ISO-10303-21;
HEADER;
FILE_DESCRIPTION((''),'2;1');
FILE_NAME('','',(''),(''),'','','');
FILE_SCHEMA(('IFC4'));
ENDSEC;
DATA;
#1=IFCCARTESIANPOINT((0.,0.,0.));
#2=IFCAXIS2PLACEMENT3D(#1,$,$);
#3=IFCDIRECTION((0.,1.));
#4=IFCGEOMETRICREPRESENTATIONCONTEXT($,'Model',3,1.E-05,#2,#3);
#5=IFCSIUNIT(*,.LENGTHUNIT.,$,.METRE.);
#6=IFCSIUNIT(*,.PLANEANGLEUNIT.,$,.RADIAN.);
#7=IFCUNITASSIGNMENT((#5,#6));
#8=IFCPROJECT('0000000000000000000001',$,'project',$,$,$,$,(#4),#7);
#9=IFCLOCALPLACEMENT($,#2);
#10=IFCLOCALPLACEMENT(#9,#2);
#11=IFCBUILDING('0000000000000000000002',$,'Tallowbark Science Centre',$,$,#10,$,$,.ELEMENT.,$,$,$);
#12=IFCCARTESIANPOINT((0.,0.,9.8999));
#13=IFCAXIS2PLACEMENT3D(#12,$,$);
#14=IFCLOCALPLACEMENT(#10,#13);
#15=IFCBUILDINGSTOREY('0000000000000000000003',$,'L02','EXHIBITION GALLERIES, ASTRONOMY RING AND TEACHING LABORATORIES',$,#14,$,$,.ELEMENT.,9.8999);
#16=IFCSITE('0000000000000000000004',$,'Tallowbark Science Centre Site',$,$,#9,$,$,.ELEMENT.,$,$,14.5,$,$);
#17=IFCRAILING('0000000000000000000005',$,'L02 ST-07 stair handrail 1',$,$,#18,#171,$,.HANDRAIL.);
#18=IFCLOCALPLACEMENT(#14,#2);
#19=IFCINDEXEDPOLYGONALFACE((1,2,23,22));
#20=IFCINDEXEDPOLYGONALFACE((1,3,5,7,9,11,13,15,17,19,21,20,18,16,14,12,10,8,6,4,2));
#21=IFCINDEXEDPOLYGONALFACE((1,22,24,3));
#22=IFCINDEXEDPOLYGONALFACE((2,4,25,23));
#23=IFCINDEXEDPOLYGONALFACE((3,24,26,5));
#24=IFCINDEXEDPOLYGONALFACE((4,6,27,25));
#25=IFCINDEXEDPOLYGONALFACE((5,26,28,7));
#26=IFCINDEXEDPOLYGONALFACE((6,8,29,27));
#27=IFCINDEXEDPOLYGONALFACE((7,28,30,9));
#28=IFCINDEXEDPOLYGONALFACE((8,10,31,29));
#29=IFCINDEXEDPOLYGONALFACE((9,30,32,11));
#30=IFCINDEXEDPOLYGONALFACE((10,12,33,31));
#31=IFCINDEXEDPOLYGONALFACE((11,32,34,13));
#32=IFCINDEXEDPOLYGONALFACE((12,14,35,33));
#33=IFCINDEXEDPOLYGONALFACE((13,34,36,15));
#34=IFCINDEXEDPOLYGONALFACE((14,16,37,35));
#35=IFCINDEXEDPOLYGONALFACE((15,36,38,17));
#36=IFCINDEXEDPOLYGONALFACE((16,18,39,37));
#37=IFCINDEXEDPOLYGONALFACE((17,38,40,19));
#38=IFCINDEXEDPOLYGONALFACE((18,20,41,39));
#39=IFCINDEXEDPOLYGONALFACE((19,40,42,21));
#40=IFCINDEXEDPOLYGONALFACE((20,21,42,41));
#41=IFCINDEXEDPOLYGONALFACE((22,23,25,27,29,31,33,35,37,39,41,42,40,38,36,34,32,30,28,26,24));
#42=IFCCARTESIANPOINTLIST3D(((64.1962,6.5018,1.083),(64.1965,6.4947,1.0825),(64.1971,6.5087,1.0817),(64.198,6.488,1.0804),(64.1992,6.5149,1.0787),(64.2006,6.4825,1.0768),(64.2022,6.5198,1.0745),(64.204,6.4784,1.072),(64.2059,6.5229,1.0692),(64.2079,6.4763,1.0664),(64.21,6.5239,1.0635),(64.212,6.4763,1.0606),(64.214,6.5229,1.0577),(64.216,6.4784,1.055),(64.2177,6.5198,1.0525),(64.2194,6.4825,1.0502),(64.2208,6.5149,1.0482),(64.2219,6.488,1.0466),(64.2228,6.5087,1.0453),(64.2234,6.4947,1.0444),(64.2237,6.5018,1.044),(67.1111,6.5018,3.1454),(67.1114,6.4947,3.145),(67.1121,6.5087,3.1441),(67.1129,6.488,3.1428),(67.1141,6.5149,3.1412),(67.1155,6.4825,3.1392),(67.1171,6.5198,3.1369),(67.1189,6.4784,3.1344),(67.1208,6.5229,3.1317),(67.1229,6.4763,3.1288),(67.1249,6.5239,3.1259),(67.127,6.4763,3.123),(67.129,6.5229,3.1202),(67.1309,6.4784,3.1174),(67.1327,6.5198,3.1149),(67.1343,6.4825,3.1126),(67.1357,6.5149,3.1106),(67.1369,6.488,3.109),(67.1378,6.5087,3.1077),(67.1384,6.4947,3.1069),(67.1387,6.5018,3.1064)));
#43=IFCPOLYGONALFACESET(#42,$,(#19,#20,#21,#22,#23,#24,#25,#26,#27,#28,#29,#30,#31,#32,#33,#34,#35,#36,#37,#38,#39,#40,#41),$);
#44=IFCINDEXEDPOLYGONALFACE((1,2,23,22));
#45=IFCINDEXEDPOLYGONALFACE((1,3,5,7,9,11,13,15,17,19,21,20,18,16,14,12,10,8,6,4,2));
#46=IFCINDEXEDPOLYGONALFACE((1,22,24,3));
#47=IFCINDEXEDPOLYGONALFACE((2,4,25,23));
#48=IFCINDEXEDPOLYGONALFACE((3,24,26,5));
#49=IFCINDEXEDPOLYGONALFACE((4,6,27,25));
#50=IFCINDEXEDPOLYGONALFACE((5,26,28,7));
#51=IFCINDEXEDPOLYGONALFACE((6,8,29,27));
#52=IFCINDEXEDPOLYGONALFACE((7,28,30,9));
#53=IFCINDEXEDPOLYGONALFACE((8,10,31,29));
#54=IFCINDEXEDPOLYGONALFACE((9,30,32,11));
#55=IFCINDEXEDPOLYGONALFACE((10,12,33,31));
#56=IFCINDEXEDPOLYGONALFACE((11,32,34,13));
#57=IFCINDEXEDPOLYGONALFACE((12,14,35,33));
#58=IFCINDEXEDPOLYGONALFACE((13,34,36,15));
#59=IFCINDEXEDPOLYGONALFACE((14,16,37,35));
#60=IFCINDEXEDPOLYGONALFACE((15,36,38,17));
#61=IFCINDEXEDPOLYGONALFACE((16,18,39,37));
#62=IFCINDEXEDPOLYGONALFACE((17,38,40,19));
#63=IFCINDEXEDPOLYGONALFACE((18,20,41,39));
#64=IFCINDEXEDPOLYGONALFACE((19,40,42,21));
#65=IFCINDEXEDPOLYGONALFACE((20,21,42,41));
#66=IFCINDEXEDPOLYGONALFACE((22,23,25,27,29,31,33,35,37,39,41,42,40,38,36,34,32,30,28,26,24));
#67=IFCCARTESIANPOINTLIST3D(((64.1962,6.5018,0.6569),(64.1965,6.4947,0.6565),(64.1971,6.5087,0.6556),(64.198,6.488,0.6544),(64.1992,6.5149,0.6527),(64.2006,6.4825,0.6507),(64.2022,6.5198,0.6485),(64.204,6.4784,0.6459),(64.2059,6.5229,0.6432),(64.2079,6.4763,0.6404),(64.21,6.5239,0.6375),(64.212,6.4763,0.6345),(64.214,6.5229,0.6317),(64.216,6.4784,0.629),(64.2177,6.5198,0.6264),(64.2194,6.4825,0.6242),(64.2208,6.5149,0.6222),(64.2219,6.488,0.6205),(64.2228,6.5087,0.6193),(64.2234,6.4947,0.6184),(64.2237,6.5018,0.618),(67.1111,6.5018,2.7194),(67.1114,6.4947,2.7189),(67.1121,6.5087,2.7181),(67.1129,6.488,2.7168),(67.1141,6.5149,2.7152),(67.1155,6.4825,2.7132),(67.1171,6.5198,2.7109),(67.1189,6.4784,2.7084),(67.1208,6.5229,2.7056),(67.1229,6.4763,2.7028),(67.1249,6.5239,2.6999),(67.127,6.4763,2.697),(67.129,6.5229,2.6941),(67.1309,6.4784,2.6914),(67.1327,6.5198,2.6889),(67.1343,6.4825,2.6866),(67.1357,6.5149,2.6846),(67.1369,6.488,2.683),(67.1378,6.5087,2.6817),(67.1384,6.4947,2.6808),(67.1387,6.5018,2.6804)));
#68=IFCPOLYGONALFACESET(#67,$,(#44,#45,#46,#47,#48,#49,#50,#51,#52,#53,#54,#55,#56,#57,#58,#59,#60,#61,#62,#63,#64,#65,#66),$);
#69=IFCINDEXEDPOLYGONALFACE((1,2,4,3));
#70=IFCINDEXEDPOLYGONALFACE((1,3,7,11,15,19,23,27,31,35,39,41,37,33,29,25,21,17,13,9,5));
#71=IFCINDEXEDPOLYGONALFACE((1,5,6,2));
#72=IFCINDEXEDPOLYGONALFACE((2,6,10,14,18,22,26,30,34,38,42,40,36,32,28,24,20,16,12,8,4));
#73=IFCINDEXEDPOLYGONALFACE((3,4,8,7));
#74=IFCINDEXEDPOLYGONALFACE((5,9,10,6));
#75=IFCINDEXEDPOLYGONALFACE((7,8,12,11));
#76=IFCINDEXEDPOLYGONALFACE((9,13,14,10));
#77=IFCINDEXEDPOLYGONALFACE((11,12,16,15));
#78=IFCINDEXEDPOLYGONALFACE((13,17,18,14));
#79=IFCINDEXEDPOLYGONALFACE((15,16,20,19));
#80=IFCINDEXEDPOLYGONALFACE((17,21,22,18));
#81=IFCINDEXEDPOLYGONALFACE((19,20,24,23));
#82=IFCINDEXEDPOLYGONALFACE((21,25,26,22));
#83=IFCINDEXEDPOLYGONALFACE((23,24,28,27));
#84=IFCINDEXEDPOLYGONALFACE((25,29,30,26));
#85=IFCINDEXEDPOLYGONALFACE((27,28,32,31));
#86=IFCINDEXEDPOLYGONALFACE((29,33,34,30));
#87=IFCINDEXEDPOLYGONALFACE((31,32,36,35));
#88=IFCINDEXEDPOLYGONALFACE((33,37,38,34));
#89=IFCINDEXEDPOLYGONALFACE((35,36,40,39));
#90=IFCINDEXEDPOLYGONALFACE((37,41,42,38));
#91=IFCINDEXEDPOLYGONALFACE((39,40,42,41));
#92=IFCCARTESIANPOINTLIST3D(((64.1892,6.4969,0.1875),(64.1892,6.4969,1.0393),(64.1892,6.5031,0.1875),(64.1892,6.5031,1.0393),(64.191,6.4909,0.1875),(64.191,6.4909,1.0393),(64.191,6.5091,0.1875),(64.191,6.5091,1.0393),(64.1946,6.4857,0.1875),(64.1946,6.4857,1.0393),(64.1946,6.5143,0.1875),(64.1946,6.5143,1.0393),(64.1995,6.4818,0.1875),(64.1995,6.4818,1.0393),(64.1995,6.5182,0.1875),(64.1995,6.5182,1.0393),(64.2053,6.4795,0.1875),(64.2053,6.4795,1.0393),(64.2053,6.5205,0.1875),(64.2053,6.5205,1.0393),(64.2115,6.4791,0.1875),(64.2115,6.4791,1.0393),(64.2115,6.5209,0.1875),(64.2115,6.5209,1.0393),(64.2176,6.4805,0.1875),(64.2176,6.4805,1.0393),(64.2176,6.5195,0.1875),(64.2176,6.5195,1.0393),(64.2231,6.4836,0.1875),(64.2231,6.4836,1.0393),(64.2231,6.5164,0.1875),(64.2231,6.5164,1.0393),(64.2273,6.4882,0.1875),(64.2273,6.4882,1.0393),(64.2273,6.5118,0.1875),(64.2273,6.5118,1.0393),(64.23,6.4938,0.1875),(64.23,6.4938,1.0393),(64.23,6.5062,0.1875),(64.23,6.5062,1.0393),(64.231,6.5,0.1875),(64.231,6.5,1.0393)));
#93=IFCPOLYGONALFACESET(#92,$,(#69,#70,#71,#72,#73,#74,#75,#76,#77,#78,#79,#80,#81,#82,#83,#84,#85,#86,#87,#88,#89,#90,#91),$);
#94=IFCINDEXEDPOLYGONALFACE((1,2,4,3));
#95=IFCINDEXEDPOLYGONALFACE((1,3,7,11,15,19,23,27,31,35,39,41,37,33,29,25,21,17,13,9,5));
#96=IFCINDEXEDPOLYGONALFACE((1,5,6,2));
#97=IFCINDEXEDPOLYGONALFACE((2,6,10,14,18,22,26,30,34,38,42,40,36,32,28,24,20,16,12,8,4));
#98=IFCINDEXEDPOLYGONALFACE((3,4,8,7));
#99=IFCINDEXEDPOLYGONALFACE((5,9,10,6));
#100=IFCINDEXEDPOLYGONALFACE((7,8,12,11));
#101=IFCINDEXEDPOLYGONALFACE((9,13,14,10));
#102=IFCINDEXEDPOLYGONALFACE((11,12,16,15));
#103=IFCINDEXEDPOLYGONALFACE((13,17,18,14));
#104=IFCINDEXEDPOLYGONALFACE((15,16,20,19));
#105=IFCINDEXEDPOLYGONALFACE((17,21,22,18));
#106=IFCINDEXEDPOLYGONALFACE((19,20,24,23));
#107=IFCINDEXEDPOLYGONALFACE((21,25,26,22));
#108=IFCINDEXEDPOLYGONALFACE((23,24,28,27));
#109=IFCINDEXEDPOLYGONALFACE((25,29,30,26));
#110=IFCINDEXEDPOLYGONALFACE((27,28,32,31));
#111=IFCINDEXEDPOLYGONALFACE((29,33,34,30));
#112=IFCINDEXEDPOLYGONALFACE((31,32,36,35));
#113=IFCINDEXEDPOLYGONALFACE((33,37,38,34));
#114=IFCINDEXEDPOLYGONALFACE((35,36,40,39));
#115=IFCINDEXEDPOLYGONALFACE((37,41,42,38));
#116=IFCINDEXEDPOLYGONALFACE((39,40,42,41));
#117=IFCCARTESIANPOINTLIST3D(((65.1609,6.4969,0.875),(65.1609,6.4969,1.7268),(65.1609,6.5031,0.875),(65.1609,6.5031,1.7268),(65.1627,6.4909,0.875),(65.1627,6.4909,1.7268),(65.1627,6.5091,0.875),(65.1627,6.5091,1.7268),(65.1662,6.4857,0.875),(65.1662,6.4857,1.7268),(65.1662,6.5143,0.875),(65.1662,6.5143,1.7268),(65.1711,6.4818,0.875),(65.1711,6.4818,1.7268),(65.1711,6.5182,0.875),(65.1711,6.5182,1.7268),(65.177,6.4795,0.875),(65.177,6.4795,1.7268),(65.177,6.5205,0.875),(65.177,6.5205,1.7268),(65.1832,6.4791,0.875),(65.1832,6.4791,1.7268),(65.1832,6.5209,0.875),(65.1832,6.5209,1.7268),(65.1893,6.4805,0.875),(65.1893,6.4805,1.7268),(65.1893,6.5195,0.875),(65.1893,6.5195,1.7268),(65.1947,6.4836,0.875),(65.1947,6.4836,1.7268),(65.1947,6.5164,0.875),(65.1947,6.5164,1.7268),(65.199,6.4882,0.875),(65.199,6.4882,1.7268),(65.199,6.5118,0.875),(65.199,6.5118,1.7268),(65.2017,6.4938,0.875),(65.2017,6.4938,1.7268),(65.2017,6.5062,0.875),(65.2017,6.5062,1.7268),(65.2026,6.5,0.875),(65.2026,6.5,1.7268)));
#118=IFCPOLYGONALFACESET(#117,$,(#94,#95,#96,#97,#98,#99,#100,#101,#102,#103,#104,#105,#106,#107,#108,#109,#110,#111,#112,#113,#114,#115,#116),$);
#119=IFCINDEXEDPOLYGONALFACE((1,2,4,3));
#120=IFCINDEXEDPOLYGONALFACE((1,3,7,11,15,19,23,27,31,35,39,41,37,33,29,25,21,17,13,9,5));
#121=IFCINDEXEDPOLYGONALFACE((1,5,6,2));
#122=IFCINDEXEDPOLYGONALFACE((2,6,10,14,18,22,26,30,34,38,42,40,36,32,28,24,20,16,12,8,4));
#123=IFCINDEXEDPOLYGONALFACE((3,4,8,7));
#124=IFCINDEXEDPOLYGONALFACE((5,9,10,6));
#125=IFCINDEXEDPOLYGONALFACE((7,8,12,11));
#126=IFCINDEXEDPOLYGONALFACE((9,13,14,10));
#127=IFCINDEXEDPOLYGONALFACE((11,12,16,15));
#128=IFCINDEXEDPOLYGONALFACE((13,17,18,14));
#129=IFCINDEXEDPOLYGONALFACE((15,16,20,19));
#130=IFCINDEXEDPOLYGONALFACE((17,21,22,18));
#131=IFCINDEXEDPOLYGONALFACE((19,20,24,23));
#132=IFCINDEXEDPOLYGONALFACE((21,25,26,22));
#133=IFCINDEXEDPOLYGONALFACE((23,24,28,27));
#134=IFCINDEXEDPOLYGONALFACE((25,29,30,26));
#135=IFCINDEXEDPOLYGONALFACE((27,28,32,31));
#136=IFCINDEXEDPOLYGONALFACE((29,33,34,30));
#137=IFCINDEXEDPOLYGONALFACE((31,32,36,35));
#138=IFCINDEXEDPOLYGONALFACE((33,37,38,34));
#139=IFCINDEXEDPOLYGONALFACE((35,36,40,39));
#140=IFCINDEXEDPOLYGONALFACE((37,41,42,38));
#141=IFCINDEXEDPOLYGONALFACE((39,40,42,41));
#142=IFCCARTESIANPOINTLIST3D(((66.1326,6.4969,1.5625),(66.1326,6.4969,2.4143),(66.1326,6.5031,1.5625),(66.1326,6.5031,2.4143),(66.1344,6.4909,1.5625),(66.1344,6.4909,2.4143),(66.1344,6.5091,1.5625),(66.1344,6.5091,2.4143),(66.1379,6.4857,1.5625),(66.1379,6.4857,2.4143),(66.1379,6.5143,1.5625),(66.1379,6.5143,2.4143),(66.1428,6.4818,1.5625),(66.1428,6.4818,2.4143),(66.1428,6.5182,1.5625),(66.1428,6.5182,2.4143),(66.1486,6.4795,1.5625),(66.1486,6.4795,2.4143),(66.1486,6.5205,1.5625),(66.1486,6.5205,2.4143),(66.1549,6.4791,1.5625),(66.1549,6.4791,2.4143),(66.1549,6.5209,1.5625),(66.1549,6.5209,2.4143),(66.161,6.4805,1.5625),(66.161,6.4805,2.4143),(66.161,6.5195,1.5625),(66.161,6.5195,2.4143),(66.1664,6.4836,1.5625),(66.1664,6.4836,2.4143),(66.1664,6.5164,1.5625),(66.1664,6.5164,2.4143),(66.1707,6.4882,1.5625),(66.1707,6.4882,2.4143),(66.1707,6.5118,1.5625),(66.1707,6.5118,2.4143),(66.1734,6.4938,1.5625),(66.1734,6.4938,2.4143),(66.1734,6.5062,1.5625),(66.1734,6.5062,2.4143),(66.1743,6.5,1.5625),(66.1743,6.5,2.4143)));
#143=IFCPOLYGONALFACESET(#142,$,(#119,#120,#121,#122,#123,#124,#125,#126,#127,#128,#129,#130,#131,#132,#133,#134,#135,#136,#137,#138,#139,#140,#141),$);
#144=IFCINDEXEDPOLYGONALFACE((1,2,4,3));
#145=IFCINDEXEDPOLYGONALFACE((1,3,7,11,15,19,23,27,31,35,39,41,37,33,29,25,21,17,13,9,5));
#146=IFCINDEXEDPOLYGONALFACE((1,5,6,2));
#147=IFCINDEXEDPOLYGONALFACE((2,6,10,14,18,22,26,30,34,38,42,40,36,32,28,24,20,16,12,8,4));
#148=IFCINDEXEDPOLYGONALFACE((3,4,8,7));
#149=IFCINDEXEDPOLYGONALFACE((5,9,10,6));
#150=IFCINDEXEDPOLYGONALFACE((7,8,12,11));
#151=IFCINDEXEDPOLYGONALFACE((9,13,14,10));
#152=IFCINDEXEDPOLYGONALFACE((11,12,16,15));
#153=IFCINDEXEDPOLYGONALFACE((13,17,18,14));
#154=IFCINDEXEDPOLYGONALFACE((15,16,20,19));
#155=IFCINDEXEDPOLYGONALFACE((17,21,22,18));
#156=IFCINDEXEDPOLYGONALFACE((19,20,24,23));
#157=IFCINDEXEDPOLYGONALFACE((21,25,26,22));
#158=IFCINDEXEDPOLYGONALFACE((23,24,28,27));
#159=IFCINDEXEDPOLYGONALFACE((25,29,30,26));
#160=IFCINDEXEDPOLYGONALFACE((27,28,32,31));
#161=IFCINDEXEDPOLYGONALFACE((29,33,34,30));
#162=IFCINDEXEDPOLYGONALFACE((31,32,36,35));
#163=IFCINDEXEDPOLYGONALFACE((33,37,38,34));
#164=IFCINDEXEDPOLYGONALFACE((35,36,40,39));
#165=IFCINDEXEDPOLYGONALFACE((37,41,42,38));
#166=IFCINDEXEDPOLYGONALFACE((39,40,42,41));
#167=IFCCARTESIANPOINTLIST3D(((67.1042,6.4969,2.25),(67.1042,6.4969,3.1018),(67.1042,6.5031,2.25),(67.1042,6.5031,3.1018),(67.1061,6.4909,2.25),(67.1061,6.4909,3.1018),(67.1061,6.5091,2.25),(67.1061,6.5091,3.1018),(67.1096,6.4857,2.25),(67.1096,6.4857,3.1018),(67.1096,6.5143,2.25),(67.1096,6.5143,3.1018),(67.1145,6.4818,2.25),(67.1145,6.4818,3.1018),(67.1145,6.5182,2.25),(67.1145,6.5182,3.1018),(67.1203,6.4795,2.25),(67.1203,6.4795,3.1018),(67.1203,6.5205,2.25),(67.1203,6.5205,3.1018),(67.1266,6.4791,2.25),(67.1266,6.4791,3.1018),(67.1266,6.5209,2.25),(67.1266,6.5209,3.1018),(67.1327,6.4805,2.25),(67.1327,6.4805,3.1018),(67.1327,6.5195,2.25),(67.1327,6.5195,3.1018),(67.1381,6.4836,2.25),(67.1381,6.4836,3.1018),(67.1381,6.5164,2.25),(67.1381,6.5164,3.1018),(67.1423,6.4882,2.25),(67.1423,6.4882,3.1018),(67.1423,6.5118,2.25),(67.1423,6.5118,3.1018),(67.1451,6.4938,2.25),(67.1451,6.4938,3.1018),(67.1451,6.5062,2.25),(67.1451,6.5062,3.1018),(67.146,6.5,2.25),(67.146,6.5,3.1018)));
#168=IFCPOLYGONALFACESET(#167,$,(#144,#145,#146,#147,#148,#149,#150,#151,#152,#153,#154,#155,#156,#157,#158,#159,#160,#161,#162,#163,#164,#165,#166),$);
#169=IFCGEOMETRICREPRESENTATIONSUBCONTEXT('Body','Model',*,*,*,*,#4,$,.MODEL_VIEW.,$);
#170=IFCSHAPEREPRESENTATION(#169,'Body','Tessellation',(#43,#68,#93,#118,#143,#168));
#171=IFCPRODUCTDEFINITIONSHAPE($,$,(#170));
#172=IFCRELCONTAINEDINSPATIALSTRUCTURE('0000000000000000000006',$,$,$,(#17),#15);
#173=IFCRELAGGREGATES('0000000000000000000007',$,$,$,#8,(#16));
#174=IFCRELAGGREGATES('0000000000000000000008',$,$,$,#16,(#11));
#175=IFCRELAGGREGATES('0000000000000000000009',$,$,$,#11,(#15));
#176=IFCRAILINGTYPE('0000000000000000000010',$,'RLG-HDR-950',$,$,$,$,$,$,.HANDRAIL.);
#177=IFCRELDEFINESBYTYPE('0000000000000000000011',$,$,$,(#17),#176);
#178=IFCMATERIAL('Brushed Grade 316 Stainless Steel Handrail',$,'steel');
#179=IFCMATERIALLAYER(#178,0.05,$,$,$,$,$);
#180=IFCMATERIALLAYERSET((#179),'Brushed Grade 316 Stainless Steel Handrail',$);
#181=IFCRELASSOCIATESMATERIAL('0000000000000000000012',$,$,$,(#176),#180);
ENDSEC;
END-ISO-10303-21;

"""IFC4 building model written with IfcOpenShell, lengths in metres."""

from ifc_helpers import new_model, si_unit, direction, frame, origin, origin_2d, place, context, subcontext, project, spatial, circle, extrude, material, layer, layer_set, type_object, element, save


model = new_model("IFC4")

# Units and contexts
model_context = context("Model", 3, precision=1e-05, world=origin(), true_north=direction((0.0, 1.0)))
body_context = subcontext(model_context, "Body", "Model", "MODEL_VIEW")
ifc_project = project(units=[si_unit("LENGTHUNIT", "METRE"), si_unit("PLANEANGLEUNIT", "RADIAN")], contexts=[model_context])

# Site, building, storey
site_placement = place(None, origin())
site = spatial("IfcSite", under=ifc_project, at=site_placement, Name="Tallowbark Science Centre Site", CompositionType="ELEMENT", RefElevation=14.5)
building_placement = place(site_placement, origin())
building = spatial("IfcBuilding", under=site, at=building_placement, Name="Tallowbark Science Centre", CompositionType="ELEMENT")
storey_placement = place(building_placement, frame((0.0, 0.0, 9.8999)))
storey = spatial("IfcBuildingStorey", under=building, at=storey_placement, Name="L02", Description="EXHIBITION GALLERIES, ASTRONOMY RING AND TEACHING LABORATORIES", CompositionType="ELEMENT", Elevation=9.8999)

# Railing
ifc_material_1 = material(Name="Brushed Grade 316 Stainless Steel Handrail", Category="steel")
ifc_layer_1 = layer(ifc_material_1, 0.05)
ifc_layer_set_1 = layer_set([ifc_layer_1], Name="Brushed Grade 316 Stainless Steel Handrail")
railing_type_1 = type_object("IfcRailingType", Name="RLG-HDR-950", PredefinedType="HANDRAIL", material=ifc_layer_set_1)
railing_1_placement = place(storey_placement, frame((64.21, 6.5, 0.1875)))
element("IfcRailing", 1, at=railing_1_placement, inside=storey, type_object=railing_type_1, Name="L02 ST-07 stair handrail 1", PredefinedType="HANDRAIL", context=body_context, shape_type="SweptSolid", body=[
    extrude(circle(Radius=0.0239, at=origin_2d()), frame((0.0, 0.0, 0.876), z_axis=(0.816331, 0.0, 0.577585), x_axis=(0.0, 1.0, 0.0)), (0.0, 0.0, 1.0), 3.5708),
    extrude(circle(Radius=0.0239, at=origin_2d()), frame((0.0, 0.0, 0.45), z_axis=(0.816331, 0.0, 0.577585), x_axis=(0.0, 1.0, 0.0)), (0.0, 0.0, 1.0), 3.5708),
    extrude(circle(Radius=0.021, at=origin_2d()), origin(), (0.0, 0.0, 1.0), 0.8518),
    extrude(circle(Radius=0.021, at=origin_2d()), frame((0.9717, 0.0, 0.6875)), (0.0, 0.0, 1.0), 0.8518),
    extrude(circle(Radius=0.021, at=origin_2d()), frame((1.9434, 0.0, 1.375)), (0.0, 0.0, 1.0), 0.8518),
    extrude(circle(Radius=0.021, at=origin_2d()), frame((2.915, 0.0, 2.0625)), (0.0, 0.0, 1.0), 0.8518),
])

save(model, "model.ifc")
